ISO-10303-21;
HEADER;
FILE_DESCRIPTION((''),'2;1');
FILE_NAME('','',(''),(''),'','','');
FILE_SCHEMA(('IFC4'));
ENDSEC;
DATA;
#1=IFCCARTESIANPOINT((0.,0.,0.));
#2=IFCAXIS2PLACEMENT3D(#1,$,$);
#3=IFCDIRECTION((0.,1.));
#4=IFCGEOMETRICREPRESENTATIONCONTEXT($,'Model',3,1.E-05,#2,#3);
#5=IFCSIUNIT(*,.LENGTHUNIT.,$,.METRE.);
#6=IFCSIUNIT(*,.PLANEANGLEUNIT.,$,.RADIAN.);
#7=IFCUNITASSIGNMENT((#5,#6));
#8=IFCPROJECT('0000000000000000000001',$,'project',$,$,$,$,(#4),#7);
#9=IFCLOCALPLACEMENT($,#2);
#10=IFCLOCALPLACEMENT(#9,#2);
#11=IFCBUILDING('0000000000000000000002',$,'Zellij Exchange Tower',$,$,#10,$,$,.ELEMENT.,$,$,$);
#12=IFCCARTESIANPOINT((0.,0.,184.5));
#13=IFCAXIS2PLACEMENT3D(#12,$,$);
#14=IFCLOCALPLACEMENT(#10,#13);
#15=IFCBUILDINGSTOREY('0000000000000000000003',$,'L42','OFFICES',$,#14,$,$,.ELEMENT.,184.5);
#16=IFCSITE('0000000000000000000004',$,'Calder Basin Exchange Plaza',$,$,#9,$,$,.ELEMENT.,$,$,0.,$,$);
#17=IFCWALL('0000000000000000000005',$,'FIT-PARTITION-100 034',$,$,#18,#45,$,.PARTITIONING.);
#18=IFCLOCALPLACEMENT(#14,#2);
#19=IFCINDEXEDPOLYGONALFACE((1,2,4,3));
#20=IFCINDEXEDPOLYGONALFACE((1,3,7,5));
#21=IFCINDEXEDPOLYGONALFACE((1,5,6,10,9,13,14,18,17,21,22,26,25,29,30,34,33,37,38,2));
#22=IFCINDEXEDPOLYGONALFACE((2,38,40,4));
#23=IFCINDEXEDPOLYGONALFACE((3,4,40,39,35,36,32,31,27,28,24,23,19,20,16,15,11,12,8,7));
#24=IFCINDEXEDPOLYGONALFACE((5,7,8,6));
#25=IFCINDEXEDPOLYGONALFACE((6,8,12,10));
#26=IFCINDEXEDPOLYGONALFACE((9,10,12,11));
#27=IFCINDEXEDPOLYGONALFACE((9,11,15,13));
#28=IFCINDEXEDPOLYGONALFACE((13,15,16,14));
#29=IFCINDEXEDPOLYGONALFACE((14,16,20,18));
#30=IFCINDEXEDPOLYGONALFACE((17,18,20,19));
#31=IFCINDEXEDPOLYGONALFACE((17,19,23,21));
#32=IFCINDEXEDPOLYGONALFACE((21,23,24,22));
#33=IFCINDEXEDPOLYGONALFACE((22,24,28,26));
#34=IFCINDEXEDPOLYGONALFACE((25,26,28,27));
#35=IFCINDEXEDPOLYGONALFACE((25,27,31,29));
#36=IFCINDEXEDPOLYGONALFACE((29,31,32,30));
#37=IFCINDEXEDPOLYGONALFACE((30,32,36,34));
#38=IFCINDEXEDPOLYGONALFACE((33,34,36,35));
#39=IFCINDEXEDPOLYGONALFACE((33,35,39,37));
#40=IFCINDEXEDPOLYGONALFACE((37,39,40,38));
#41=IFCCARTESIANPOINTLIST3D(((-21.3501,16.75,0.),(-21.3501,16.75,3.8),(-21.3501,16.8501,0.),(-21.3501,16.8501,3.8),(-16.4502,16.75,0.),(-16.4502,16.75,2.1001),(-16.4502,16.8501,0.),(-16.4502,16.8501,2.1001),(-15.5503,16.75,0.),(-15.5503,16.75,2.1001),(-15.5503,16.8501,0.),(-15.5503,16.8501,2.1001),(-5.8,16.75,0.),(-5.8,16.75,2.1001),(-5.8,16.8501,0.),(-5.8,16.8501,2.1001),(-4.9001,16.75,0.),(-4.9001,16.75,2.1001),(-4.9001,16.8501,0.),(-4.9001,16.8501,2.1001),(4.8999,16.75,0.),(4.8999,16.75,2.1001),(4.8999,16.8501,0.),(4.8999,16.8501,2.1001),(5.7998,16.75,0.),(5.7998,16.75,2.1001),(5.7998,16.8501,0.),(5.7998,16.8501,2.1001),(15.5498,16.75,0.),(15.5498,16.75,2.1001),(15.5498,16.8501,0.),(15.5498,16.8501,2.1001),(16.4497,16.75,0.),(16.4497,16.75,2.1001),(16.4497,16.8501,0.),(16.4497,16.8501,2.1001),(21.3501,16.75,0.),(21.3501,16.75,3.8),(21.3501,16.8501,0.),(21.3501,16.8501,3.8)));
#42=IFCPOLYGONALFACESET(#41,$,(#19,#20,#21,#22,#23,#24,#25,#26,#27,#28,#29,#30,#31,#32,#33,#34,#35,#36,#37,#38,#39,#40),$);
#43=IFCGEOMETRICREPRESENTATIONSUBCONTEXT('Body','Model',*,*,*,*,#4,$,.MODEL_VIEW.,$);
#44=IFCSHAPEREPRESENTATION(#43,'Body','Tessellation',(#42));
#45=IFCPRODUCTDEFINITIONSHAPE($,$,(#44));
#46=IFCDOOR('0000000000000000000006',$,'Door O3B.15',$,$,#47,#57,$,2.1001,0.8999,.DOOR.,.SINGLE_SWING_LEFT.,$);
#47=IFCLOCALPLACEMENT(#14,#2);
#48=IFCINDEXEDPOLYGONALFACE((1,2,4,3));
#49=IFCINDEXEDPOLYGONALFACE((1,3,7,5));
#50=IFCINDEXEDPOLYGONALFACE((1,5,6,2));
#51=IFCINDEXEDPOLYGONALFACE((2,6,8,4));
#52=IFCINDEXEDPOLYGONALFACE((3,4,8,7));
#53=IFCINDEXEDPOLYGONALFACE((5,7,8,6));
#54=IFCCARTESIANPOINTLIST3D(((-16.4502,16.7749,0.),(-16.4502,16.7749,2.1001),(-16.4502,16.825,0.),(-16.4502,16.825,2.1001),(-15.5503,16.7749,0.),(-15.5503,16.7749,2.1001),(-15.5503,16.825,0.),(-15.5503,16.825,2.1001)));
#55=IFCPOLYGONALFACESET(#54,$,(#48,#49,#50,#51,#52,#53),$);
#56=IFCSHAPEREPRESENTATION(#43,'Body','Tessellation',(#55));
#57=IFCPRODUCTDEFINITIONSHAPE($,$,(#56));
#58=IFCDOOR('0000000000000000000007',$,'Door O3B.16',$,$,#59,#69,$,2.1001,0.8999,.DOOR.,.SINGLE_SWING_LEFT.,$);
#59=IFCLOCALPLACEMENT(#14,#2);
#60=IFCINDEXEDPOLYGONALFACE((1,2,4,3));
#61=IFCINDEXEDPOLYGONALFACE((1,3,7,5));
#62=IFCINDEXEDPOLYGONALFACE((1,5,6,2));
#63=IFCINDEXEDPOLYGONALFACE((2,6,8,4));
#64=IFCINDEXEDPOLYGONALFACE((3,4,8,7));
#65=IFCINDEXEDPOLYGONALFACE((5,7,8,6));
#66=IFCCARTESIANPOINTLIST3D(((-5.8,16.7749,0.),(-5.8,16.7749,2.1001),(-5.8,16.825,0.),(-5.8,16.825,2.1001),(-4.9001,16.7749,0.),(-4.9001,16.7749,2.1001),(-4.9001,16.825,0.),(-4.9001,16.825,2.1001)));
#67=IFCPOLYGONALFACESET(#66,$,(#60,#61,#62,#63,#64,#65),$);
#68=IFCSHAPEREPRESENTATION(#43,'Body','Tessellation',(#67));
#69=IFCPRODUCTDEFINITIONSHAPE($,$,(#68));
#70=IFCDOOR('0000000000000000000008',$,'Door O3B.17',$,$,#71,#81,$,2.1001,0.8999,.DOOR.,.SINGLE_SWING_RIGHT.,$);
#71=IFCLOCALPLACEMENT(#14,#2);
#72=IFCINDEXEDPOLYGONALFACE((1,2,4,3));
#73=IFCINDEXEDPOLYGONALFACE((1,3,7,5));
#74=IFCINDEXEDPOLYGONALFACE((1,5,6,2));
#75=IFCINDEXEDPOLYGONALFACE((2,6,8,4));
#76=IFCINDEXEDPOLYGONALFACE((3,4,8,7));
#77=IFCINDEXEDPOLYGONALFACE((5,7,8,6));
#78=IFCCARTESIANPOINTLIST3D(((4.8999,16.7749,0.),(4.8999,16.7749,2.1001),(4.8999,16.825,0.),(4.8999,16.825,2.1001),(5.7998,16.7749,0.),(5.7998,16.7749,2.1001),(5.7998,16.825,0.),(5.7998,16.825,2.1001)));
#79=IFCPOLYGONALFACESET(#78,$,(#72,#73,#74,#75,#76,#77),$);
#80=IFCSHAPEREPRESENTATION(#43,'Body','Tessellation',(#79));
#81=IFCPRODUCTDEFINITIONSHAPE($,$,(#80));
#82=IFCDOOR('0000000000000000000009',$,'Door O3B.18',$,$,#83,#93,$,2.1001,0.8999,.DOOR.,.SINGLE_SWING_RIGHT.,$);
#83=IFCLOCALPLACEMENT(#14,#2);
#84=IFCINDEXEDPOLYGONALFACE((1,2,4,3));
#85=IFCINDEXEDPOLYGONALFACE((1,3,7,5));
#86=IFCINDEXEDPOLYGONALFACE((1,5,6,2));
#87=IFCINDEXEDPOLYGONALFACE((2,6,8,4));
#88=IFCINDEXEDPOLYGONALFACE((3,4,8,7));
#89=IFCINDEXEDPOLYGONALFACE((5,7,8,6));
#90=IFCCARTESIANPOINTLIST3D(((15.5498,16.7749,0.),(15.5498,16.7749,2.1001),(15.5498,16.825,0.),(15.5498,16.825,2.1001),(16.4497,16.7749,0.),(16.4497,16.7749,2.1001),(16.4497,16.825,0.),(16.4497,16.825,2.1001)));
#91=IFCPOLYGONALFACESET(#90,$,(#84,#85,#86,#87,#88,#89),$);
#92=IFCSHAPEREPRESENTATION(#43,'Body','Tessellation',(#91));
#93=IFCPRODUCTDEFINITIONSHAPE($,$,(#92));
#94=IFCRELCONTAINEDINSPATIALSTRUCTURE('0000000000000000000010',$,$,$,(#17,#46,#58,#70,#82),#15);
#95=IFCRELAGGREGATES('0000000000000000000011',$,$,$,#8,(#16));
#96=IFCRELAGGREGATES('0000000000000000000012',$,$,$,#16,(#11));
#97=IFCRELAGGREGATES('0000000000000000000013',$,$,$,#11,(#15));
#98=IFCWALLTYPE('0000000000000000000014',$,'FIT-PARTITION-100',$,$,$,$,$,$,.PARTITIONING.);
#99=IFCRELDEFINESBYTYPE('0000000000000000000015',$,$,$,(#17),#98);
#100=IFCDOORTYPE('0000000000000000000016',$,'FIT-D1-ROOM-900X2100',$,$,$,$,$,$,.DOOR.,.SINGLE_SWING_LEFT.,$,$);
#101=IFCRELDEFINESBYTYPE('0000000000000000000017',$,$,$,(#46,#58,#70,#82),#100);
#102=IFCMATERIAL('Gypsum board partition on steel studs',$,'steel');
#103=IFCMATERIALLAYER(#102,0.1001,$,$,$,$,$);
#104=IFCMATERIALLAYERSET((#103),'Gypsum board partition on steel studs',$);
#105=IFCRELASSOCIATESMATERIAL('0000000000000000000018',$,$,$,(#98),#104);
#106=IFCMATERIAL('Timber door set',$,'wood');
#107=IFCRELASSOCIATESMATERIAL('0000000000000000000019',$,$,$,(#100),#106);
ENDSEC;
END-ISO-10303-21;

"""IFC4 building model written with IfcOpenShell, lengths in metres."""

from ifc_helpers import new_model, si_unit, direction, frame, frame_2d, origin, place, context, subcontext, project, spatial, rectangle, extrude, material, layer, layer_set, type_object, element, fill, save


model = new_model("IFC4")

# Units and contexts
model_context = context("Model", 3, precision=1e-05, world=origin(), true_north=direction((0.0, 1.0)))
body_context = subcontext(model_context, "Body", "Model", "MODEL_VIEW")
ifc_project = project(units=[si_unit("LENGTHUNIT", "METRE"), si_unit("PLANEANGLEUNIT", "RADIAN")], contexts=[model_context])

# Site, building, storey
site_placement = place(None, origin())
site = spatial("IfcSite", under=ifc_project, at=site_placement, Name="Calder Basin Exchange Plaza", CompositionType="ELEMENT", RefElevation=0.0)
building_placement = place(site_placement, origin())
building = spatial("IfcBuilding", under=site, at=building_placement, Name="Zellij Exchange Tower", CompositionType="ELEMENT")
storey_placement = place(building_placement, frame((0.0, 0.0, 184.5)))
storey = spatial("IfcBuildingStorey", under=building, at=storey_placement, Name="L42", Description="OFFICES", CompositionType="ELEMENT", Elevation=184.5)

# Shared definitions
ifc_material_1 = material(Name="Gypsum board partition on steel studs", Category="steel")
ifc_layer = layer(ifc_material_1, 0.1001)
ifc_layer_set = layer_set([ifc_layer], Name="Gypsum board partition on steel studs")
wall_type = type_object("IfcWallType", Name="FIT-PARTITION-100", PredefinedType="PARTITIONING", material=ifc_layer_set)

# Wall, openings, doors
wall_1_placement = place(storey_placement, frame((-21.3501, 16.8, 0.0), z_axis=(0.0, 0.0, 1.0), x_axis=(1.0, 0.0, 0.0)))
wall_1 = element("IfcWall", 1, at=wall_1_placement, inside=storey, type_object=wall_type, Name="FIT-PARTITION-100 034", PredefinedType="PARTITIONING", context=body_context, shape_type="SweptSolid", body=[
    extrude(rectangle(XDim=42.7002, YDim=0.1001, at=frame_2d((21.3501, 0.0))), origin(), (0.0, 0.0, 1.0), 3.8),
])
opening_1_placement = place(wall_1_placement, frame((4.8999, 0.0, 0.0)))
opening_1 = element("IfcOpeningElement", 2, at=opening_1_placement, cuts=wall_1, PredefinedType="OPENING", context=body_context, shape_type="SweptSolid", body=[
    extrude(rectangle(XDim=0.8999, YDim=2.1001, at=frame_2d((0.45, 1.05))), frame((0.0, 0.062, 0.0), z_axis=(0.0, -1.0, 0.0), x_axis=(1.0, 0.0, 0.0)), (0.0, 0.0, 1.0), 0.124),
])
opening_2_placement = place(wall_1_placement, frame((15.55, 0.0, 0.0)))
opening_2 = element("IfcOpeningElement", 3, at=opening_2_placement, cuts=wall_1, PredefinedType="OPENING", context=body_context, shape_type="SweptSolid", body=[
    extrude(rectangle(XDim=0.8999, YDim=2.1001, at=frame_2d((0.45, 1.05))), frame((0.0, 0.062, 0.0), z_axis=(0.0, -1.0, 0.0), x_axis=(1.0, 0.0, 0.0)), (0.0, 0.0, 1.0), 0.124),
])
opening_3_placement = place(wall_1_placement, frame((26.25, 0.0, 0.0)))
opening_3 = element("IfcOpeningElement", 4, at=opening_3_placement, cuts=wall_1, PredefinedType="OPENING", context=body_context, shape_type="SweptSolid", body=[
    extrude(rectangle(XDim=0.8999, YDim=2.1001, at=frame_2d((0.45, 1.05))), frame((0.0, 0.062, 0.0), z_axis=(0.0, -1.0, 0.0), x_axis=(1.0, 0.0, 0.0)), (0.0, 0.0, 1.0), 0.124),
])
opening_4_placement = place(wall_1_placement, frame((36.8999, 0.0, 0.0)))
opening_4 = element("IfcOpeningElement", 5, at=opening_4_placement, cuts=wall_1, PredefinedType="OPENING", context=body_context, shape_type="SweptSolid", body=[
    extrude(rectangle(XDim=0.8999, YDim=2.1001, at=frame_2d((0.45, 1.05))), frame((0.0, 0.062, 0.0), z_axis=(0.0, -1.0, 0.0), x_axis=(1.0, 0.0, 0.0)), (0.0, 0.0, 1.0), 0.124),
])
ifc_material_2 = material(Name="Timber door set", Category="wood")
door_type_1 = type_object("IfcDoorType", Name="FIT-D1-ROOM-900X2100", OperationType="SINGLE_SWING_LEFT", PredefinedType="DOOR", material=ifc_material_2)
door_1_placement = place(opening_1_placement, origin())
door_1 = element("IfcDoor", 6, at=door_1_placement, inside=storey, type_object=door_type_1, Name="Door O3B.15", OperationType="SINGLE_SWING_LEFT", OverallHeight=2.1001, OverallWidth=0.8999, PredefinedType="DOOR", context=body_context, shape_type="SweptSolid", body=[
    extrude(rectangle(XDim=0.8999, YDim=2.1001, at=frame_2d((0.45, 1.05))), frame((0.0, 0.0249, 0.0), z_axis=(0.0, -1.0, 0.0), x_axis=(1.0, 0.0, 0.0)), (0.0, 0.0, 1.0), 0.05),
])
fill(opening_1, door_1)
door_2_placement = place(opening_2_placement, origin())
door_2 = element("IfcDoor", 7, at=door_2_placement, inside=storey, type_object=door_type_1, Name="Door O3B.16", OperationType="SINGLE_SWING_LEFT", OverallHeight=2.1001, OverallWidth=0.8999, PredefinedType="DOOR", context=body_context, shape_type="SweptSolid", body=[
    extrude(rectangle(XDim=0.8999, YDim=2.1001, at=frame_2d((0.45, 1.05))), frame((0.0, 0.0249, 0.0), z_axis=(0.0, -1.0, 0.0), x_axis=(1.0, 0.0, 0.0)), (0.0, 0.0, 1.0), 0.05),
])
fill(opening_2, door_2)
door_3_placement = place(opening_3_placement, origin())
door_3 = element("IfcDoor", 8, at=door_3_placement, inside=storey, type_object=door_type_1, Name="Door O3B.17", OperationType="SINGLE_SWING_RIGHT", OverallHeight=2.1001, OverallWidth=0.8999, PredefinedType="DOOR", context=body_context, shape_type="SweptSolid", body=[
    extrude(rectangle(XDim=0.8999, YDim=2.1001, at=frame_2d((0.45, 1.05))), frame((0.0, 0.0249, 0.0), z_axis=(0.0, -1.0, 0.0), x_axis=(1.0, 0.0, 0.0)), (0.0, 0.0, 1.0), 0.05),
])
fill(opening_3, door_3)
door_4_placement = place(opening_4_placement, origin())
door_4 = element("IfcDoor", 9, at=door_4_placement, inside=storey, type_object=door_type_1, Name="Door O3B.18", OperationType="SINGLE_SWING_RIGHT", OverallHeight=2.1001, OverallWidth=0.8999, PredefinedType="DOOR", context=body_context, shape_type="SweptSolid", body=[
    extrude(rectangle(XDim=0.8999, YDim=2.1001, at=frame_2d((0.45, 1.05))), frame((0.0, 0.0249, 0.0), z_axis=(0.0, -1.0, 0.0), x_axis=(1.0, 0.0, 0.0)), (0.0, 0.0, 1.0), 0.05),
])
fill(opening_4, door_4)

save(model, "model.ifc")
